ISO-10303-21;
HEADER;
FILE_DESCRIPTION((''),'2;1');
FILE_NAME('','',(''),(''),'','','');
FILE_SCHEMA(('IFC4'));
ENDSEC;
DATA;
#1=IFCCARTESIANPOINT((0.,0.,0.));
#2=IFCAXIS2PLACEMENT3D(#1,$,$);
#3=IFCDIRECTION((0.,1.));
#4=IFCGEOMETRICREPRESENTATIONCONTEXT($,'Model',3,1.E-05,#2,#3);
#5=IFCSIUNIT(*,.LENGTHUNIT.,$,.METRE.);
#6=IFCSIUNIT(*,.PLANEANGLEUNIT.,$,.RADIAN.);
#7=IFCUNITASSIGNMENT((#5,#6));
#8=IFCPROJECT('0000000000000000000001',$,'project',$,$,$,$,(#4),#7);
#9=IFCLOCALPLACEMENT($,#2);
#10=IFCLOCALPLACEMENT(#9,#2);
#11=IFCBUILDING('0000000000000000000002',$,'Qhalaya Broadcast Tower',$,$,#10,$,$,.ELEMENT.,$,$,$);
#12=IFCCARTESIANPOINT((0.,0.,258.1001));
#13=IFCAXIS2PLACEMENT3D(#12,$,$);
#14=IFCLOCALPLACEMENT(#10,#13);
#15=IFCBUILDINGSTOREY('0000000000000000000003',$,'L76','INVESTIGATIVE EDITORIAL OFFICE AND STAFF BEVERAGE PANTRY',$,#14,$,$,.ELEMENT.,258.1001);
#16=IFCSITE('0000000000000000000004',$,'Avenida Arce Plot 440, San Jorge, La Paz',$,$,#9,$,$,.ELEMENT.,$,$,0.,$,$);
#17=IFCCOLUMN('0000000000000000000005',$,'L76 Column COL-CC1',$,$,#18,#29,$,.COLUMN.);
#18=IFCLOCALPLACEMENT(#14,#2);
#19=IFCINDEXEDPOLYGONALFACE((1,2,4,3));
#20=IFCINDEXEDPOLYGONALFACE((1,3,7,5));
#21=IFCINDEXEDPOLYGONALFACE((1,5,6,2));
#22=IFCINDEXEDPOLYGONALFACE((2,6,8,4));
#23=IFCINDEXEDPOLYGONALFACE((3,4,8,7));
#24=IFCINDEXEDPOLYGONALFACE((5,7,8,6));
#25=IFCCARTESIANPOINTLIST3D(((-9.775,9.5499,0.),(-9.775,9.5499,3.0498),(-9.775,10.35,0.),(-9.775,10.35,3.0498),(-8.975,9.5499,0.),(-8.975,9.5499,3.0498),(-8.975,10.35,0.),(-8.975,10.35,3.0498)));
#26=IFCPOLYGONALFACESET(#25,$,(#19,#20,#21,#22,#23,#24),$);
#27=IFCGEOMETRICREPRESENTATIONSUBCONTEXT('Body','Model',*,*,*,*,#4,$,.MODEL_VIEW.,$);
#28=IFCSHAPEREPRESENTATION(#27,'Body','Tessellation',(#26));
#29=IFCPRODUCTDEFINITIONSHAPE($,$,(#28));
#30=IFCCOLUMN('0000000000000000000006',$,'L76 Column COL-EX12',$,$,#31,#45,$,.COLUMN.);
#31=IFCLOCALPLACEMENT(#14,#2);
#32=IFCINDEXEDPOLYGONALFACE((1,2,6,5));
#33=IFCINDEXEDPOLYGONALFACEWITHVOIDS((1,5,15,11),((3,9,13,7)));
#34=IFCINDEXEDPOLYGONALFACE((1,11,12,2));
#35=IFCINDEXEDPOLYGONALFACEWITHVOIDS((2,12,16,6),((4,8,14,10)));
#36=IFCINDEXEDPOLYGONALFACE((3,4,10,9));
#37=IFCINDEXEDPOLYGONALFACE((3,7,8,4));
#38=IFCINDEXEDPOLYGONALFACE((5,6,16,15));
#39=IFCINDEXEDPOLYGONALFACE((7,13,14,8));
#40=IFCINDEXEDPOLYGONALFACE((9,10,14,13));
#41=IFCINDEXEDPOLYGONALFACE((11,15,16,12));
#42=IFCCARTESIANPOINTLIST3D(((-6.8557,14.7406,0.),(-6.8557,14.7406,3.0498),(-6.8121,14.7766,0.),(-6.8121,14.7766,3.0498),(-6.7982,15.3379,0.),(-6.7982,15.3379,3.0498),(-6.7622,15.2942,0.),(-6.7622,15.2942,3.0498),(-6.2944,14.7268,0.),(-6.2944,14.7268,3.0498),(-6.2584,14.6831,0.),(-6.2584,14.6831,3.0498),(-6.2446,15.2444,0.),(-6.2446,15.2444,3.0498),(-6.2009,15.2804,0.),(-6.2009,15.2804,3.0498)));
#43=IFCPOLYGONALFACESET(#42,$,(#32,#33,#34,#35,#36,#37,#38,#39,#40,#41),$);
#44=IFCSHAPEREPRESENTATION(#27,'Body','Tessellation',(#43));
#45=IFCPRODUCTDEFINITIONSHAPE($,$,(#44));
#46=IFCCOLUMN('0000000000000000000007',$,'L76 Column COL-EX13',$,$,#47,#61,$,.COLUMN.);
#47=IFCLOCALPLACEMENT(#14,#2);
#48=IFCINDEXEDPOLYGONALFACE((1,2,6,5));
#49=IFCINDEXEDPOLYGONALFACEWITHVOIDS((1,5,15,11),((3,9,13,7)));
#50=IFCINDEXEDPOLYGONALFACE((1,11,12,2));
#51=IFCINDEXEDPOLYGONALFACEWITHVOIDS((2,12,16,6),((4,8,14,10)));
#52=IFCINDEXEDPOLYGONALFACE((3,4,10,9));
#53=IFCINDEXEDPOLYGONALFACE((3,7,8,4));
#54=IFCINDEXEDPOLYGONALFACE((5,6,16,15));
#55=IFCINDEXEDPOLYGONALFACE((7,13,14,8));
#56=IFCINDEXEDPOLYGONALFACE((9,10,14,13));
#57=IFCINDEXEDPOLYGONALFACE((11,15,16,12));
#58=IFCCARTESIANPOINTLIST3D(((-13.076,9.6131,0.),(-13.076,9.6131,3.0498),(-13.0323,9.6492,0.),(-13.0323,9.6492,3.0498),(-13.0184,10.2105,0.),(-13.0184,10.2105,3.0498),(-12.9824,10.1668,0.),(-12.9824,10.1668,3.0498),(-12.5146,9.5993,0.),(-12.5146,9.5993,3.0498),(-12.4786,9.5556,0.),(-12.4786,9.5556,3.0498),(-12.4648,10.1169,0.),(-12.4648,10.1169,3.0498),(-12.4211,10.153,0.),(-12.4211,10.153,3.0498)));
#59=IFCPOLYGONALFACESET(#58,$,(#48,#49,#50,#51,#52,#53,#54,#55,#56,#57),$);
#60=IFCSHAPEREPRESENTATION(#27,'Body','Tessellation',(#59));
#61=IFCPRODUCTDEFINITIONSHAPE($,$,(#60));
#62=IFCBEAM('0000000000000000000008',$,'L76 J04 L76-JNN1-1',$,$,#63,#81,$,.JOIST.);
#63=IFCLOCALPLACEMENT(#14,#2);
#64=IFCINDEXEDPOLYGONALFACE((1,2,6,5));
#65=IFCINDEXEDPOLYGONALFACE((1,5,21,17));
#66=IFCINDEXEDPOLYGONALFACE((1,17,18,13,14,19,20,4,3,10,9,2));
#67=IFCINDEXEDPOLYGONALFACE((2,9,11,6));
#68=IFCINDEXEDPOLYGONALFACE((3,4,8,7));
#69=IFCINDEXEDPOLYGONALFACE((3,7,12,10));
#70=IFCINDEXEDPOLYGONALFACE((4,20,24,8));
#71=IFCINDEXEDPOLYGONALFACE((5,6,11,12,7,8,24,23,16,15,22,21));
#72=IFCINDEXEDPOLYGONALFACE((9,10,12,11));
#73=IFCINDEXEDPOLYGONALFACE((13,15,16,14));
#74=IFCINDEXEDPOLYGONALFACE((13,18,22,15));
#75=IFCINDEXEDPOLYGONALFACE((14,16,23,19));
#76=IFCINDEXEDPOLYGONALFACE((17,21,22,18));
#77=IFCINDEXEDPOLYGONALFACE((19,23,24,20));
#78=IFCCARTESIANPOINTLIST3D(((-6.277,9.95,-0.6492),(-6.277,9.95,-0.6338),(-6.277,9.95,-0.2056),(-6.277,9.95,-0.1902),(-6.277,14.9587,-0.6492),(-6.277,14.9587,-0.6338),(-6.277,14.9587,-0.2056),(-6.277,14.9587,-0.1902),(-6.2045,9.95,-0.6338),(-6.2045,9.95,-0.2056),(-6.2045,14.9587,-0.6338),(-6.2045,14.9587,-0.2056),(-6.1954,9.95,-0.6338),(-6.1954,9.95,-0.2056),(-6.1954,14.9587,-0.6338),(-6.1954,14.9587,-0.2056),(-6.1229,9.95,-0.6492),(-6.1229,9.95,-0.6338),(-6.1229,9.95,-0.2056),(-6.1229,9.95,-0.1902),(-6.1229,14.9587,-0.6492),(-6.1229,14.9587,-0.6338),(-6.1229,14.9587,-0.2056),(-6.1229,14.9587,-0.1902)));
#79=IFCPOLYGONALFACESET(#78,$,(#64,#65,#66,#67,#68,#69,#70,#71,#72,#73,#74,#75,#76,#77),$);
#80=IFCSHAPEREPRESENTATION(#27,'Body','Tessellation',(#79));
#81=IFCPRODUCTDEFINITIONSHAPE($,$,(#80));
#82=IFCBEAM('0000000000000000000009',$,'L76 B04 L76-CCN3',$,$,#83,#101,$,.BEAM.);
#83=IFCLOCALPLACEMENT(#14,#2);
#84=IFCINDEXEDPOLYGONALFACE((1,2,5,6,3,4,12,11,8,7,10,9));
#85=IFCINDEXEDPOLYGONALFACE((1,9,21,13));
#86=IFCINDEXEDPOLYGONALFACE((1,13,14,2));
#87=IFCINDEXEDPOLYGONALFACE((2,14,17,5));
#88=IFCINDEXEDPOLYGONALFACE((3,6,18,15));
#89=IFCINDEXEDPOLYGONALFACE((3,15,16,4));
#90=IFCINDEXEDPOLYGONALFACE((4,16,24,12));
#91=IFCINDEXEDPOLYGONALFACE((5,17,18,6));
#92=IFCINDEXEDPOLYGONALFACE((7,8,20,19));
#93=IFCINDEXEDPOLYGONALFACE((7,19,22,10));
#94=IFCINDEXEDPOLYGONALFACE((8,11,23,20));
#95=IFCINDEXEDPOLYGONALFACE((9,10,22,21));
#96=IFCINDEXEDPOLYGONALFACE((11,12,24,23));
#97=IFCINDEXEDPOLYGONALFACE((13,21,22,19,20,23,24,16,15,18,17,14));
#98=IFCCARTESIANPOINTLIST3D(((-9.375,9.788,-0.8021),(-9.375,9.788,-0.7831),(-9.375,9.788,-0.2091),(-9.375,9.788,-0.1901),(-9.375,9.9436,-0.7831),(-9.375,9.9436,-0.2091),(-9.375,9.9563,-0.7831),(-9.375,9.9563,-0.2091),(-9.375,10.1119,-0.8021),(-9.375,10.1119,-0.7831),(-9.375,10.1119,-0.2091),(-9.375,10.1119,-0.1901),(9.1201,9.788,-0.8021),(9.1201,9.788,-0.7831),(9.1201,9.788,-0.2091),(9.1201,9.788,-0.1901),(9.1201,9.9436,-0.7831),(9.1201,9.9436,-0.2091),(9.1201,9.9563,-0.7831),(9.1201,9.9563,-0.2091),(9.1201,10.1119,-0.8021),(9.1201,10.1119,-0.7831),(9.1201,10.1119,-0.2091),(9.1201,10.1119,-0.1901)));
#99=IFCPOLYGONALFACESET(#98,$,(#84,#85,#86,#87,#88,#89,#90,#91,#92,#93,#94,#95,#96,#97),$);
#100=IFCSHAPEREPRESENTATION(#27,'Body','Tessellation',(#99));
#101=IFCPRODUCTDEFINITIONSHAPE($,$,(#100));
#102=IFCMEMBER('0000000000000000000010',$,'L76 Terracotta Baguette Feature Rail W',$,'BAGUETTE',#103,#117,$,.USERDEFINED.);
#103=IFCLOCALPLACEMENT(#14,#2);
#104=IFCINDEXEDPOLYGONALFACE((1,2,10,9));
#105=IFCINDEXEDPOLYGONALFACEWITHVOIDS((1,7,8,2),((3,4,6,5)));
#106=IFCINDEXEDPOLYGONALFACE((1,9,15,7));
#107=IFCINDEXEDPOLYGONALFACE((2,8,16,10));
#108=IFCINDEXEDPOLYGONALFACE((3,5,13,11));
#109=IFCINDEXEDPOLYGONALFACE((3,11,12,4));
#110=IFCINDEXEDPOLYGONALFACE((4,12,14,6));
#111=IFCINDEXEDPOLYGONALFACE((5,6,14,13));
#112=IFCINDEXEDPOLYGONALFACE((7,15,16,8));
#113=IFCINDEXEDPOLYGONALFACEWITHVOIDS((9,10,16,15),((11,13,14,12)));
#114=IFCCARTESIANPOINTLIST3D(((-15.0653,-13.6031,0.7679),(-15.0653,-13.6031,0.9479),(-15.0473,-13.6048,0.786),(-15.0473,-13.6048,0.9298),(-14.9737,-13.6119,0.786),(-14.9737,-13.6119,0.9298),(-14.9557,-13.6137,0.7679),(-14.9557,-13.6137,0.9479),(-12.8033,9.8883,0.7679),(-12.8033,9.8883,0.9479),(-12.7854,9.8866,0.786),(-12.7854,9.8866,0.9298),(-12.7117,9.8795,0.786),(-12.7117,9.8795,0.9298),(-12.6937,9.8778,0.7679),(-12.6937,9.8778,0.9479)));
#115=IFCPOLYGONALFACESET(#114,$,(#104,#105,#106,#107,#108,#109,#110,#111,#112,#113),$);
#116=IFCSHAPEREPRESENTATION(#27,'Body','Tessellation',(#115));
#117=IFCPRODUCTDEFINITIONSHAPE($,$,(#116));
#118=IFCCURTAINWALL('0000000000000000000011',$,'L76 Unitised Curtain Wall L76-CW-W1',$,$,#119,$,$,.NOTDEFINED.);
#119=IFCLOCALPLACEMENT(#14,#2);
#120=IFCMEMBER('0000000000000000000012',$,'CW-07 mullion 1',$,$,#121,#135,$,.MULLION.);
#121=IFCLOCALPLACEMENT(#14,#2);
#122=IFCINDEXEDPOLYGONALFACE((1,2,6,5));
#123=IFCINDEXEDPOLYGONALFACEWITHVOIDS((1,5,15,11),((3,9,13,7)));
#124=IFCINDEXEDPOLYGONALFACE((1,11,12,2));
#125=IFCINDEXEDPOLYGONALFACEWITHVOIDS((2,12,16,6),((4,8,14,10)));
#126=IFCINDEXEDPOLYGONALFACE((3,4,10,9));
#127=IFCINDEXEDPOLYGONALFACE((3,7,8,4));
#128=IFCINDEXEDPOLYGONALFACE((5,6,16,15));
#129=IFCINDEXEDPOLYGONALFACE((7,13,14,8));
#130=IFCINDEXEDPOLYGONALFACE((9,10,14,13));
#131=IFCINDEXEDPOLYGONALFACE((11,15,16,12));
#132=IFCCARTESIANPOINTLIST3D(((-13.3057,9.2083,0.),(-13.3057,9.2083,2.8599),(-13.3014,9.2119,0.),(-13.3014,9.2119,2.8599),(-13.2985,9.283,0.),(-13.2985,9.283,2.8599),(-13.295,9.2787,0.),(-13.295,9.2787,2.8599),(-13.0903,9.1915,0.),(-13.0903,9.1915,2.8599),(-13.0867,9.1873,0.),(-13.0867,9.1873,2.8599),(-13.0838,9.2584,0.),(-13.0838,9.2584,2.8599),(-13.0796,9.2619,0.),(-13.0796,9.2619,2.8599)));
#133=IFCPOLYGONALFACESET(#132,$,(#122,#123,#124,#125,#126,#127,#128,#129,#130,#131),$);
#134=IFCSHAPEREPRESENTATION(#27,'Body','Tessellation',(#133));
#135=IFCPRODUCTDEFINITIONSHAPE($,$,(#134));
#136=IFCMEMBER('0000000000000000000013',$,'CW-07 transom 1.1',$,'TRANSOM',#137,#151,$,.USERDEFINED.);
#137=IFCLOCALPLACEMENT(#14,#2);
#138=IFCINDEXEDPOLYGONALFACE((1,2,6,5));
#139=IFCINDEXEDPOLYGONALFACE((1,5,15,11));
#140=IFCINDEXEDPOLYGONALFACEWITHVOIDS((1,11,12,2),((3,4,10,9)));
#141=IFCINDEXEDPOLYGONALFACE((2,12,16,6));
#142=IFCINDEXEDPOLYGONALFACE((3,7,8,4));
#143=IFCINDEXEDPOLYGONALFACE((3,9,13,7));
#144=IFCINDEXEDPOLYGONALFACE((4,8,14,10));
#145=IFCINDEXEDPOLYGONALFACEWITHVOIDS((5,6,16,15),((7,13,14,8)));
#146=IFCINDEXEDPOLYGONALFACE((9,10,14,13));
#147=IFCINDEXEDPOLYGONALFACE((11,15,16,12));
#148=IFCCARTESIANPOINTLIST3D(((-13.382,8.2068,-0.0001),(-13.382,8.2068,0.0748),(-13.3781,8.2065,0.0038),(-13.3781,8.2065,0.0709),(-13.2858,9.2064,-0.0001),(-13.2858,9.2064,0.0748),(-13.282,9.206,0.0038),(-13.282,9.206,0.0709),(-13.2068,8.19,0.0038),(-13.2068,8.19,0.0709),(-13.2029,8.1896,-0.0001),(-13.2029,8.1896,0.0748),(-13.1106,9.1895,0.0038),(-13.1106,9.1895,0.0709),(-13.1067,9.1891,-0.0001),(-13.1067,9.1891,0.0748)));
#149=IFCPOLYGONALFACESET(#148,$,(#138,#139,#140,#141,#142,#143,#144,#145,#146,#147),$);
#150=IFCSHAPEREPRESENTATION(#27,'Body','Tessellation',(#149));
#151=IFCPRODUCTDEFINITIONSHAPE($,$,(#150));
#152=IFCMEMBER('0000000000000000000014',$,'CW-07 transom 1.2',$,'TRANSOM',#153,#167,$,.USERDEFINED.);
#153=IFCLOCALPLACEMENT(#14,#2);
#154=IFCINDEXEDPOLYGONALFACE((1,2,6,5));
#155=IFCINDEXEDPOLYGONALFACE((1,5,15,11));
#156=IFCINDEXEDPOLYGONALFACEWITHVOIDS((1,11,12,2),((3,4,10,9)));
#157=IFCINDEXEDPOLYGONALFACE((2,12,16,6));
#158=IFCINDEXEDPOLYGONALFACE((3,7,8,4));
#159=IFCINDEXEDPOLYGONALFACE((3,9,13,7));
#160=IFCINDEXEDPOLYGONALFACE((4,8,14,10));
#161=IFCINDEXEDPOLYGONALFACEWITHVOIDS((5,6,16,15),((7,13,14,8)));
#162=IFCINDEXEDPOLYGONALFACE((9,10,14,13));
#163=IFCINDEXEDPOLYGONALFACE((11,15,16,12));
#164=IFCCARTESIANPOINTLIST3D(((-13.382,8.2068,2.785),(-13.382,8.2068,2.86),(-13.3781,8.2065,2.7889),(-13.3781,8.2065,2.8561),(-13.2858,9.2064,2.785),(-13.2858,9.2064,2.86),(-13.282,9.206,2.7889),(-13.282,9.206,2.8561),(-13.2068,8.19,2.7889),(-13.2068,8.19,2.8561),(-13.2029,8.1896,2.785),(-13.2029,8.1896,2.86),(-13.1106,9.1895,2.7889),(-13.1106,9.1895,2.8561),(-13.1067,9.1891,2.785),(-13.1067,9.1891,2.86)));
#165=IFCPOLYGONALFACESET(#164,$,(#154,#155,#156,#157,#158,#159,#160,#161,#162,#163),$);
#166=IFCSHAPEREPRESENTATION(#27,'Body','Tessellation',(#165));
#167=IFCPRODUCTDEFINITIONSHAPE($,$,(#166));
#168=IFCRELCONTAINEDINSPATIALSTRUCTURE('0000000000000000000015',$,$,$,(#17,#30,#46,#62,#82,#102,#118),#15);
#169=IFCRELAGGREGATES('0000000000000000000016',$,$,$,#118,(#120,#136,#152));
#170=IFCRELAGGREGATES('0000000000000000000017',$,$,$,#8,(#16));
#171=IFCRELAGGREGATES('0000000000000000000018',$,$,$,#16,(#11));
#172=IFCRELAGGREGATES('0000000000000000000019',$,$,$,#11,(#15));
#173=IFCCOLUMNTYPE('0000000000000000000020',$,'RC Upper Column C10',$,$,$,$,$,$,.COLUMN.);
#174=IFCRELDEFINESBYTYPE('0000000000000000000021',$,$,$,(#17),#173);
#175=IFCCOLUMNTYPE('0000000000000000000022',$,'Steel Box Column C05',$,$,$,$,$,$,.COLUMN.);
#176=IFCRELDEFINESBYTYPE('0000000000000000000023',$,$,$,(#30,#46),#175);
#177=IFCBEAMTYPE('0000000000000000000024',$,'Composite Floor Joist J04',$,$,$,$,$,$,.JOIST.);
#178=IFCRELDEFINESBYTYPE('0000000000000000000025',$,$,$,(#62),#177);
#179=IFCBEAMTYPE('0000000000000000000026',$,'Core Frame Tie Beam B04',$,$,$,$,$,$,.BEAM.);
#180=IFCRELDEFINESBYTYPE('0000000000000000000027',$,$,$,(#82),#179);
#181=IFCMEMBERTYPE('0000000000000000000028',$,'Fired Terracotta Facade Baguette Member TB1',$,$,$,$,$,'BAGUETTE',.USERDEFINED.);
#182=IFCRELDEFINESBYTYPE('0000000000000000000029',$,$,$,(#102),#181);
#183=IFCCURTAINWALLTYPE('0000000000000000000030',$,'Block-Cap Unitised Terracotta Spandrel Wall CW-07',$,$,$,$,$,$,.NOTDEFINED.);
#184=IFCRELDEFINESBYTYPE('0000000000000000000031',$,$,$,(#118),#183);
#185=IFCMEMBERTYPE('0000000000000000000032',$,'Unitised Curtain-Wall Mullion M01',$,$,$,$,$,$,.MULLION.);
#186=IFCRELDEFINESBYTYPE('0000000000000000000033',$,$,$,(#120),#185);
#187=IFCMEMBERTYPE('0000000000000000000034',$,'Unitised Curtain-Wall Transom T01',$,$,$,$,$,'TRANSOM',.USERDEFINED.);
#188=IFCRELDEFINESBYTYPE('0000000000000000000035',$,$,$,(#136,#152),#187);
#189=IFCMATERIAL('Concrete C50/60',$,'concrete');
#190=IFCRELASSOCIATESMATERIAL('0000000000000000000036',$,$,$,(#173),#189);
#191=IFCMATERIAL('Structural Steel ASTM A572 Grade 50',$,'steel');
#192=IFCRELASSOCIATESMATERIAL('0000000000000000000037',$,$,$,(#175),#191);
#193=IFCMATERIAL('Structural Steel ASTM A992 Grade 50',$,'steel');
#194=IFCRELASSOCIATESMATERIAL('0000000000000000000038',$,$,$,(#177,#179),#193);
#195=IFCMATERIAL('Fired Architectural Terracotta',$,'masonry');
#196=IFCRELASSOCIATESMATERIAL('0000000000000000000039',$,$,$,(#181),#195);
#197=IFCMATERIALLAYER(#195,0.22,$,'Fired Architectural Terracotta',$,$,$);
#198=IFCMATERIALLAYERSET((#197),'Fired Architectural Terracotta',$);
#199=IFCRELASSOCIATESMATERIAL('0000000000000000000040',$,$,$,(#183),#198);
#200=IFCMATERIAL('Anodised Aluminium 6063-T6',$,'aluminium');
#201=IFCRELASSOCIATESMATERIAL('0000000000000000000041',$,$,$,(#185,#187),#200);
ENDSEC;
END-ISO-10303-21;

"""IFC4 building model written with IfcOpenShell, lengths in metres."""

from ifc_helpers import new_model, si_unit, direction, frame, origin, origin_2d, place, context, subcontext, project, spatial, rectangle, hollow_rectangle, i_section, extrude, material, layer, layer_set, material_profile, profile_set, type_object, element, aggregate, save


model = new_model("IFC4")

# Units and contexts
model_context = context("Model", 3, precision=1e-05, world=origin(), true_north=direction((0.0, 1.0)))
body_context = subcontext(model_context, "Body", "Model", "MODEL_VIEW")
ifc_project = project(units=[si_unit("LENGTHUNIT", "METRE"), si_unit("PLANEANGLEUNIT", "RADIAN")], contexts=[model_context])

# Site, building, storey
site_placement = place(None, origin())
site = spatial("IfcSite", under=ifc_project, at=site_placement, Name="Avenida Arce Plot 440, San Jorge, La Paz", CompositionType="ELEMENT", RefElevation=0.0)
building_placement = place(site_placement, origin())
building = spatial("IfcBuilding", under=site, at=building_placement, Name="Qhalaya Broadcast Tower", CompositionType="ELEMENT")
storey_placement = place(building_placement, frame((0.0, 0.0, 258.1001)))
storey = spatial("IfcBuildingStorey", under=building, at=storey_placement, Name="L76", Description="INVESTIGATIVE EDITORIAL OFFICE AND STAFF BEVERAGE PANTRY", CompositionType="ELEMENT", Elevation=258.1001)

# Columns
ifc_material_1 = material(Name="Concrete C50/60", Category="concrete")
ifc_material_profile_1 = material_profile(ifc_material_1, rectangle(XDim=0.8, YDim=0.8, at=origin_2d()), Name="RC-COL 800x800")
ifc_profile_set_1 = profile_set([ifc_material_profile_1], Name="Concrete C50/60")
column_type_1 = type_object("IfcColumnType", Name="RC Upper Column C10", PredefinedType="COLUMN", material=ifc_profile_set_1)
column_placement = place(storey_placement, frame((-9.375, 9.95, 0.0), z_axis=(0.0, 0.0, 1.0), x_axis=(1.0, 0.0, 0.0)))
element("IfcColumn", 1, at=column_placement, inside=storey, type_object=column_type_1, Name="L76 Column COL-CC1", PredefinedType="COLUMN", context=body_context, shape_type="SweptSolid", body=[
    extrude(rectangle(XDim=0.8, YDim=0.8, at=origin_2d()), origin(), (0.0, 0.0, 1.0), 3.0498),
])
ifc_material_2 = material(Name="Structural Steel ASTM A572 Grade 50", Category="steel")
ifc_material_profile_2 = material_profile(ifc_material_2, hollow_rectangle(XDim=0.6001, YDim=0.6001, WallThickness=0.04, at=origin_2d()), Name="BOX 600x600x40")
ifc_profile_set_2 = profile_set([ifc_material_profile_2], Name="Structural Steel ASTM A572 Grade 50")
column_type_2 = type_object("IfcColumnType", Name="Steel Box Column C05", PredefinedType="COLUMN", material=ifc_profile_set_2)
for number, where, z_axis, x_axis, name in (
    (2, (-6.5283, 15.0105, 0.0), (0.0, 0.0, 1.0), (0.995396, -0.095846, 0.0), "L76 Column COL-EX12"),
    (3, (-12.7485, 9.8831, 0.0), (0.0, 0.0, 1.0), (0.095846, 0.995396, 0.0), "L76 Column COL-EX13"),
):
    element("IfcColumn", number, at=place(storey_placement, frame(where, z_axis=z_axis, x_axis=x_axis)), inside=storey, type_object=column_type_2, Name=name, PredefinedType="COLUMN", context=body_context, shape_type="SweptSolid", body=[
        extrude(hollow_rectangle(XDim=0.6001, YDim=0.6001, WallThickness=0.04, at=origin_2d()), origin(), (0.0, 0.0, 1.0), 3.0498),
    ])

# Beams
ifc_material_3 = material(Name="Structural Steel ASTM A992 Grade 50", Category="steel")
ifc_material_profile_3 = material_profile(ifc_material_3, i_section(OverallWidth=0.1541, OverallDepth=0.459, WebThickness=0.009, FlangeThickness=0.0154, at=origin_2d()), Name="W18X46")
ifc_profile_set_3 = profile_set([ifc_material_profile_3], Name="Structural Steel ASTM A992 Grade 50")
beam_type_1 = type_object("IfcBeamType", Name="Composite Floor Joist J04", PredefinedType="JOIST", material=ifc_profile_set_3)
beam_1_placement = place(storey_placement, frame((-6.2, 9.95, -0.4197), z_axis=(0.0, 1.0, 0.0), x_axis=(-1.0, 0.0, 0.0)))
element("IfcBeam", 4, at=beam_1_placement, inside=storey, type_object=beam_type_1, Name="L76 J04 L76-JNN1-1", PredefinedType="JOIST", context=body_context, shape_type="SweptSolid", body=[
    extrude(i_section(OverallWidth=0.1541, OverallDepth=0.459, WebThickness=0.009, FlangeThickness=0.0154, at=origin_2d()), origin(), (0.0, 0.0, 1.0), 5.0088),
])
ifc_material_profile_4 = material_profile(ifc_material_3, i_section(OverallWidth=0.324, OverallDepth=0.6121, WebThickness=0.0127, FlangeThickness=0.019, at=origin_2d()), Name="W24X104")
ifc_profile_set_4 = profile_set([ifc_material_profile_4], Name="Structural Steel ASTM A992 Grade 50")
beam_type_2 = type_object("IfcBeamType", Name="Core Frame Tie Beam B04", PredefinedType="BEAM", material=ifc_profile_set_4)
beam_2_placement = place(storey_placement, frame((-9.375, 9.95, -0.4961), z_axis=(1.0, 0.0, 0.0), x_axis=(0.0, 1.0, 0.0)))
element("IfcBeam", 5, at=beam_2_placement, inside=storey, type_object=beam_type_2, Name="L76 B04 L76-CCN3", PredefinedType="BEAM", context=body_context, shape_type="SweptSolid", body=[
    extrude(i_section(OverallWidth=0.324, OverallDepth=0.6121, WebThickness=0.0127, FlangeThickness=0.019, at=origin_2d()), origin(), (0.0, 0.0, 1.0), 18.4951),
])

# Member
ifc_material_4 = material(Name="Fired Architectural Terracotta", Category="masonry")
ifc_material_profile_5 = material_profile(ifc_material_4, hollow_rectangle(XDim=0.1101, YDim=0.1799, WallThickness=0.0181, at=origin_2d()), Name="TB-BAG 110x180x18")
ifc_profile_set_5 = profile_set([ifc_material_profile_5], Name="Fired Architectural Terracotta")
member_type_1 = type_object("IfcMemberType", Name="Fired Terracotta Facade Baguette Member TB1", ElementType="BAGUETTE", PredefinedType="USERDEFINED", material=ifc_profile_set_5)
member_1_placement = place(storey_placement, frame((-12.7485, 9.8831, 0.8579), z_axis=(-0.095845, -0.995396, 0.0), x_axis=(0.995396, -0.095845, 0.0)))
element("IfcMember", 6, at=member_1_placement, inside=storey, type_object=member_type_1, Name="L76 Terracotta Baguette Feature Rail W", ObjectType="BAGUETTE", PredefinedType="USERDEFINED", context=body_context, shape_type="SweptSolid", body=[
    extrude(hollow_rectangle(XDim=0.1101, YDim=0.1799, WallThickness=0.0181, at=origin_2d()), origin(), (0.0, 0.0, 1.0), 23.6001),
])

# Curtain wall, members
ifc_layer_1 = layer(ifc_material_4, 0.22, Name="Fired Architectural Terracotta")
ifc_layer_set_1 = layer_set([ifc_layer_1], Name="Fired Architectural Terracotta")
curtain_wall_type = type_object("IfcCurtainWallType", Name="Block-Cap Unitised Terracotta Spandrel Wall CW-07", PredefinedType="NOTDEFINED", material=ifc_layer_set_1)
curtain_wall_placement = place(storey_placement, origin())
curtain_wall = element("IfcCurtainWall", 7, at=curtain_wall_placement, inside=storey, type_object=curtain_wall_type, Name="L76 Unitised Curtain Wall L76-CW-W1", PredefinedType="NOTDEFINED")
ifc_material_5 = material(Name="Anodised Aluminium 6063-T6", Category="aluminium")
ifc_material_profile_6 = material_profile(ifc_material_5, hollow_rectangle(XDim=0.075, YDim=0.22, WallThickness=0.0039, at=origin_2d()), Name="ALU-MUL 75x220x4")
ifc_profile_set_6 = profile_set([ifc_material_profile_6], Name="Anodised Aluminium 6063-T6")
member_type_2 = type_object("IfcMemberType", Name="Unitised Curtain-Wall Mullion M01", PredefinedType="MULLION", material=ifc_profile_set_6)
member_2_placement = place(storey_placement, frame((-13.1926, 9.2351, 0.0), z_axis=(0.0, 0.0, 1.0), x_axis=(-0.09584, -0.995397, 0.0)))
member_2 = element("IfcMember", 8, at=member_2_placement, type_object=member_type_2, Name="CW-07 mullion 1", PredefinedType="MULLION", context=body_context, shape_type="SweptSolid", body=[
    extrude(hollow_rectangle(XDim=0.075, YDim=0.22, WallThickness=0.0039, at=origin_2d()), origin(), (0.0, 0.0, 1.0), 2.8599),
])
ifc_material_profile_7 = material_profile(ifc_material_5, hollow_rectangle(XDim=0.075, YDim=0.1799, WallThickness=0.0039, at=origin_2d()), Name="ALU-TRN 75x180x4")
ifc_profile_set_7 = profile_set([ifc_material_profile_7], Name="Anodised Aluminium 6063-T6")
member_type_3 = type_object("IfcMemberType", Name="Unitised Curtain-Wall Transom T01", ElementType="TRANSOM", PredefinedType="USERDEFINED", material=ifc_profile_set_7)
member_3_placement = place(storey_placement, frame((-13.1963, 9.1978, 0.0374), z_axis=(-0.095796, -0.995401, 0.0), x_axis=(0.0, 0.0, 1.0)))
member_3 = element("IfcMember", 9, at=member_3_placement, type_object=member_type_3, Name="CW-07 transom 1.1", ObjectType="TRANSOM", PredefinedType="USERDEFINED", context=body_context, shape_type="SweptSolid", body=[
    extrude(hollow_rectangle(XDim=0.075, YDim=0.1799, WallThickness=0.0039, at=origin_2d()), origin(), (0.0, 0.0, 1.0), 1.0042),
])
member_4_placement = place(storey_placement, frame((-13.1963, 9.1978, 2.8225), z_axis=(-0.095796, -0.995401, 0.0), x_axis=(0.0, 0.0, 1.0)))
member_4 = element("IfcMember", 10, at=member_4_placement, type_object=member_type_3, Name="CW-07 transom 1.2", ObjectType="TRANSOM", PredefinedType="USERDEFINED", context=body_context, shape_type="SweptSolid", body=[
    extrude(hollow_rectangle(XDim=0.075, YDim=0.1799, WallThickness=0.0039, at=origin_2d()), origin(), (0.0, 0.0, 1.0), 1.0042),
])

aggregate(curtain_wall, [member_2, member_3, member_4])

save(model, "model.ifc")
